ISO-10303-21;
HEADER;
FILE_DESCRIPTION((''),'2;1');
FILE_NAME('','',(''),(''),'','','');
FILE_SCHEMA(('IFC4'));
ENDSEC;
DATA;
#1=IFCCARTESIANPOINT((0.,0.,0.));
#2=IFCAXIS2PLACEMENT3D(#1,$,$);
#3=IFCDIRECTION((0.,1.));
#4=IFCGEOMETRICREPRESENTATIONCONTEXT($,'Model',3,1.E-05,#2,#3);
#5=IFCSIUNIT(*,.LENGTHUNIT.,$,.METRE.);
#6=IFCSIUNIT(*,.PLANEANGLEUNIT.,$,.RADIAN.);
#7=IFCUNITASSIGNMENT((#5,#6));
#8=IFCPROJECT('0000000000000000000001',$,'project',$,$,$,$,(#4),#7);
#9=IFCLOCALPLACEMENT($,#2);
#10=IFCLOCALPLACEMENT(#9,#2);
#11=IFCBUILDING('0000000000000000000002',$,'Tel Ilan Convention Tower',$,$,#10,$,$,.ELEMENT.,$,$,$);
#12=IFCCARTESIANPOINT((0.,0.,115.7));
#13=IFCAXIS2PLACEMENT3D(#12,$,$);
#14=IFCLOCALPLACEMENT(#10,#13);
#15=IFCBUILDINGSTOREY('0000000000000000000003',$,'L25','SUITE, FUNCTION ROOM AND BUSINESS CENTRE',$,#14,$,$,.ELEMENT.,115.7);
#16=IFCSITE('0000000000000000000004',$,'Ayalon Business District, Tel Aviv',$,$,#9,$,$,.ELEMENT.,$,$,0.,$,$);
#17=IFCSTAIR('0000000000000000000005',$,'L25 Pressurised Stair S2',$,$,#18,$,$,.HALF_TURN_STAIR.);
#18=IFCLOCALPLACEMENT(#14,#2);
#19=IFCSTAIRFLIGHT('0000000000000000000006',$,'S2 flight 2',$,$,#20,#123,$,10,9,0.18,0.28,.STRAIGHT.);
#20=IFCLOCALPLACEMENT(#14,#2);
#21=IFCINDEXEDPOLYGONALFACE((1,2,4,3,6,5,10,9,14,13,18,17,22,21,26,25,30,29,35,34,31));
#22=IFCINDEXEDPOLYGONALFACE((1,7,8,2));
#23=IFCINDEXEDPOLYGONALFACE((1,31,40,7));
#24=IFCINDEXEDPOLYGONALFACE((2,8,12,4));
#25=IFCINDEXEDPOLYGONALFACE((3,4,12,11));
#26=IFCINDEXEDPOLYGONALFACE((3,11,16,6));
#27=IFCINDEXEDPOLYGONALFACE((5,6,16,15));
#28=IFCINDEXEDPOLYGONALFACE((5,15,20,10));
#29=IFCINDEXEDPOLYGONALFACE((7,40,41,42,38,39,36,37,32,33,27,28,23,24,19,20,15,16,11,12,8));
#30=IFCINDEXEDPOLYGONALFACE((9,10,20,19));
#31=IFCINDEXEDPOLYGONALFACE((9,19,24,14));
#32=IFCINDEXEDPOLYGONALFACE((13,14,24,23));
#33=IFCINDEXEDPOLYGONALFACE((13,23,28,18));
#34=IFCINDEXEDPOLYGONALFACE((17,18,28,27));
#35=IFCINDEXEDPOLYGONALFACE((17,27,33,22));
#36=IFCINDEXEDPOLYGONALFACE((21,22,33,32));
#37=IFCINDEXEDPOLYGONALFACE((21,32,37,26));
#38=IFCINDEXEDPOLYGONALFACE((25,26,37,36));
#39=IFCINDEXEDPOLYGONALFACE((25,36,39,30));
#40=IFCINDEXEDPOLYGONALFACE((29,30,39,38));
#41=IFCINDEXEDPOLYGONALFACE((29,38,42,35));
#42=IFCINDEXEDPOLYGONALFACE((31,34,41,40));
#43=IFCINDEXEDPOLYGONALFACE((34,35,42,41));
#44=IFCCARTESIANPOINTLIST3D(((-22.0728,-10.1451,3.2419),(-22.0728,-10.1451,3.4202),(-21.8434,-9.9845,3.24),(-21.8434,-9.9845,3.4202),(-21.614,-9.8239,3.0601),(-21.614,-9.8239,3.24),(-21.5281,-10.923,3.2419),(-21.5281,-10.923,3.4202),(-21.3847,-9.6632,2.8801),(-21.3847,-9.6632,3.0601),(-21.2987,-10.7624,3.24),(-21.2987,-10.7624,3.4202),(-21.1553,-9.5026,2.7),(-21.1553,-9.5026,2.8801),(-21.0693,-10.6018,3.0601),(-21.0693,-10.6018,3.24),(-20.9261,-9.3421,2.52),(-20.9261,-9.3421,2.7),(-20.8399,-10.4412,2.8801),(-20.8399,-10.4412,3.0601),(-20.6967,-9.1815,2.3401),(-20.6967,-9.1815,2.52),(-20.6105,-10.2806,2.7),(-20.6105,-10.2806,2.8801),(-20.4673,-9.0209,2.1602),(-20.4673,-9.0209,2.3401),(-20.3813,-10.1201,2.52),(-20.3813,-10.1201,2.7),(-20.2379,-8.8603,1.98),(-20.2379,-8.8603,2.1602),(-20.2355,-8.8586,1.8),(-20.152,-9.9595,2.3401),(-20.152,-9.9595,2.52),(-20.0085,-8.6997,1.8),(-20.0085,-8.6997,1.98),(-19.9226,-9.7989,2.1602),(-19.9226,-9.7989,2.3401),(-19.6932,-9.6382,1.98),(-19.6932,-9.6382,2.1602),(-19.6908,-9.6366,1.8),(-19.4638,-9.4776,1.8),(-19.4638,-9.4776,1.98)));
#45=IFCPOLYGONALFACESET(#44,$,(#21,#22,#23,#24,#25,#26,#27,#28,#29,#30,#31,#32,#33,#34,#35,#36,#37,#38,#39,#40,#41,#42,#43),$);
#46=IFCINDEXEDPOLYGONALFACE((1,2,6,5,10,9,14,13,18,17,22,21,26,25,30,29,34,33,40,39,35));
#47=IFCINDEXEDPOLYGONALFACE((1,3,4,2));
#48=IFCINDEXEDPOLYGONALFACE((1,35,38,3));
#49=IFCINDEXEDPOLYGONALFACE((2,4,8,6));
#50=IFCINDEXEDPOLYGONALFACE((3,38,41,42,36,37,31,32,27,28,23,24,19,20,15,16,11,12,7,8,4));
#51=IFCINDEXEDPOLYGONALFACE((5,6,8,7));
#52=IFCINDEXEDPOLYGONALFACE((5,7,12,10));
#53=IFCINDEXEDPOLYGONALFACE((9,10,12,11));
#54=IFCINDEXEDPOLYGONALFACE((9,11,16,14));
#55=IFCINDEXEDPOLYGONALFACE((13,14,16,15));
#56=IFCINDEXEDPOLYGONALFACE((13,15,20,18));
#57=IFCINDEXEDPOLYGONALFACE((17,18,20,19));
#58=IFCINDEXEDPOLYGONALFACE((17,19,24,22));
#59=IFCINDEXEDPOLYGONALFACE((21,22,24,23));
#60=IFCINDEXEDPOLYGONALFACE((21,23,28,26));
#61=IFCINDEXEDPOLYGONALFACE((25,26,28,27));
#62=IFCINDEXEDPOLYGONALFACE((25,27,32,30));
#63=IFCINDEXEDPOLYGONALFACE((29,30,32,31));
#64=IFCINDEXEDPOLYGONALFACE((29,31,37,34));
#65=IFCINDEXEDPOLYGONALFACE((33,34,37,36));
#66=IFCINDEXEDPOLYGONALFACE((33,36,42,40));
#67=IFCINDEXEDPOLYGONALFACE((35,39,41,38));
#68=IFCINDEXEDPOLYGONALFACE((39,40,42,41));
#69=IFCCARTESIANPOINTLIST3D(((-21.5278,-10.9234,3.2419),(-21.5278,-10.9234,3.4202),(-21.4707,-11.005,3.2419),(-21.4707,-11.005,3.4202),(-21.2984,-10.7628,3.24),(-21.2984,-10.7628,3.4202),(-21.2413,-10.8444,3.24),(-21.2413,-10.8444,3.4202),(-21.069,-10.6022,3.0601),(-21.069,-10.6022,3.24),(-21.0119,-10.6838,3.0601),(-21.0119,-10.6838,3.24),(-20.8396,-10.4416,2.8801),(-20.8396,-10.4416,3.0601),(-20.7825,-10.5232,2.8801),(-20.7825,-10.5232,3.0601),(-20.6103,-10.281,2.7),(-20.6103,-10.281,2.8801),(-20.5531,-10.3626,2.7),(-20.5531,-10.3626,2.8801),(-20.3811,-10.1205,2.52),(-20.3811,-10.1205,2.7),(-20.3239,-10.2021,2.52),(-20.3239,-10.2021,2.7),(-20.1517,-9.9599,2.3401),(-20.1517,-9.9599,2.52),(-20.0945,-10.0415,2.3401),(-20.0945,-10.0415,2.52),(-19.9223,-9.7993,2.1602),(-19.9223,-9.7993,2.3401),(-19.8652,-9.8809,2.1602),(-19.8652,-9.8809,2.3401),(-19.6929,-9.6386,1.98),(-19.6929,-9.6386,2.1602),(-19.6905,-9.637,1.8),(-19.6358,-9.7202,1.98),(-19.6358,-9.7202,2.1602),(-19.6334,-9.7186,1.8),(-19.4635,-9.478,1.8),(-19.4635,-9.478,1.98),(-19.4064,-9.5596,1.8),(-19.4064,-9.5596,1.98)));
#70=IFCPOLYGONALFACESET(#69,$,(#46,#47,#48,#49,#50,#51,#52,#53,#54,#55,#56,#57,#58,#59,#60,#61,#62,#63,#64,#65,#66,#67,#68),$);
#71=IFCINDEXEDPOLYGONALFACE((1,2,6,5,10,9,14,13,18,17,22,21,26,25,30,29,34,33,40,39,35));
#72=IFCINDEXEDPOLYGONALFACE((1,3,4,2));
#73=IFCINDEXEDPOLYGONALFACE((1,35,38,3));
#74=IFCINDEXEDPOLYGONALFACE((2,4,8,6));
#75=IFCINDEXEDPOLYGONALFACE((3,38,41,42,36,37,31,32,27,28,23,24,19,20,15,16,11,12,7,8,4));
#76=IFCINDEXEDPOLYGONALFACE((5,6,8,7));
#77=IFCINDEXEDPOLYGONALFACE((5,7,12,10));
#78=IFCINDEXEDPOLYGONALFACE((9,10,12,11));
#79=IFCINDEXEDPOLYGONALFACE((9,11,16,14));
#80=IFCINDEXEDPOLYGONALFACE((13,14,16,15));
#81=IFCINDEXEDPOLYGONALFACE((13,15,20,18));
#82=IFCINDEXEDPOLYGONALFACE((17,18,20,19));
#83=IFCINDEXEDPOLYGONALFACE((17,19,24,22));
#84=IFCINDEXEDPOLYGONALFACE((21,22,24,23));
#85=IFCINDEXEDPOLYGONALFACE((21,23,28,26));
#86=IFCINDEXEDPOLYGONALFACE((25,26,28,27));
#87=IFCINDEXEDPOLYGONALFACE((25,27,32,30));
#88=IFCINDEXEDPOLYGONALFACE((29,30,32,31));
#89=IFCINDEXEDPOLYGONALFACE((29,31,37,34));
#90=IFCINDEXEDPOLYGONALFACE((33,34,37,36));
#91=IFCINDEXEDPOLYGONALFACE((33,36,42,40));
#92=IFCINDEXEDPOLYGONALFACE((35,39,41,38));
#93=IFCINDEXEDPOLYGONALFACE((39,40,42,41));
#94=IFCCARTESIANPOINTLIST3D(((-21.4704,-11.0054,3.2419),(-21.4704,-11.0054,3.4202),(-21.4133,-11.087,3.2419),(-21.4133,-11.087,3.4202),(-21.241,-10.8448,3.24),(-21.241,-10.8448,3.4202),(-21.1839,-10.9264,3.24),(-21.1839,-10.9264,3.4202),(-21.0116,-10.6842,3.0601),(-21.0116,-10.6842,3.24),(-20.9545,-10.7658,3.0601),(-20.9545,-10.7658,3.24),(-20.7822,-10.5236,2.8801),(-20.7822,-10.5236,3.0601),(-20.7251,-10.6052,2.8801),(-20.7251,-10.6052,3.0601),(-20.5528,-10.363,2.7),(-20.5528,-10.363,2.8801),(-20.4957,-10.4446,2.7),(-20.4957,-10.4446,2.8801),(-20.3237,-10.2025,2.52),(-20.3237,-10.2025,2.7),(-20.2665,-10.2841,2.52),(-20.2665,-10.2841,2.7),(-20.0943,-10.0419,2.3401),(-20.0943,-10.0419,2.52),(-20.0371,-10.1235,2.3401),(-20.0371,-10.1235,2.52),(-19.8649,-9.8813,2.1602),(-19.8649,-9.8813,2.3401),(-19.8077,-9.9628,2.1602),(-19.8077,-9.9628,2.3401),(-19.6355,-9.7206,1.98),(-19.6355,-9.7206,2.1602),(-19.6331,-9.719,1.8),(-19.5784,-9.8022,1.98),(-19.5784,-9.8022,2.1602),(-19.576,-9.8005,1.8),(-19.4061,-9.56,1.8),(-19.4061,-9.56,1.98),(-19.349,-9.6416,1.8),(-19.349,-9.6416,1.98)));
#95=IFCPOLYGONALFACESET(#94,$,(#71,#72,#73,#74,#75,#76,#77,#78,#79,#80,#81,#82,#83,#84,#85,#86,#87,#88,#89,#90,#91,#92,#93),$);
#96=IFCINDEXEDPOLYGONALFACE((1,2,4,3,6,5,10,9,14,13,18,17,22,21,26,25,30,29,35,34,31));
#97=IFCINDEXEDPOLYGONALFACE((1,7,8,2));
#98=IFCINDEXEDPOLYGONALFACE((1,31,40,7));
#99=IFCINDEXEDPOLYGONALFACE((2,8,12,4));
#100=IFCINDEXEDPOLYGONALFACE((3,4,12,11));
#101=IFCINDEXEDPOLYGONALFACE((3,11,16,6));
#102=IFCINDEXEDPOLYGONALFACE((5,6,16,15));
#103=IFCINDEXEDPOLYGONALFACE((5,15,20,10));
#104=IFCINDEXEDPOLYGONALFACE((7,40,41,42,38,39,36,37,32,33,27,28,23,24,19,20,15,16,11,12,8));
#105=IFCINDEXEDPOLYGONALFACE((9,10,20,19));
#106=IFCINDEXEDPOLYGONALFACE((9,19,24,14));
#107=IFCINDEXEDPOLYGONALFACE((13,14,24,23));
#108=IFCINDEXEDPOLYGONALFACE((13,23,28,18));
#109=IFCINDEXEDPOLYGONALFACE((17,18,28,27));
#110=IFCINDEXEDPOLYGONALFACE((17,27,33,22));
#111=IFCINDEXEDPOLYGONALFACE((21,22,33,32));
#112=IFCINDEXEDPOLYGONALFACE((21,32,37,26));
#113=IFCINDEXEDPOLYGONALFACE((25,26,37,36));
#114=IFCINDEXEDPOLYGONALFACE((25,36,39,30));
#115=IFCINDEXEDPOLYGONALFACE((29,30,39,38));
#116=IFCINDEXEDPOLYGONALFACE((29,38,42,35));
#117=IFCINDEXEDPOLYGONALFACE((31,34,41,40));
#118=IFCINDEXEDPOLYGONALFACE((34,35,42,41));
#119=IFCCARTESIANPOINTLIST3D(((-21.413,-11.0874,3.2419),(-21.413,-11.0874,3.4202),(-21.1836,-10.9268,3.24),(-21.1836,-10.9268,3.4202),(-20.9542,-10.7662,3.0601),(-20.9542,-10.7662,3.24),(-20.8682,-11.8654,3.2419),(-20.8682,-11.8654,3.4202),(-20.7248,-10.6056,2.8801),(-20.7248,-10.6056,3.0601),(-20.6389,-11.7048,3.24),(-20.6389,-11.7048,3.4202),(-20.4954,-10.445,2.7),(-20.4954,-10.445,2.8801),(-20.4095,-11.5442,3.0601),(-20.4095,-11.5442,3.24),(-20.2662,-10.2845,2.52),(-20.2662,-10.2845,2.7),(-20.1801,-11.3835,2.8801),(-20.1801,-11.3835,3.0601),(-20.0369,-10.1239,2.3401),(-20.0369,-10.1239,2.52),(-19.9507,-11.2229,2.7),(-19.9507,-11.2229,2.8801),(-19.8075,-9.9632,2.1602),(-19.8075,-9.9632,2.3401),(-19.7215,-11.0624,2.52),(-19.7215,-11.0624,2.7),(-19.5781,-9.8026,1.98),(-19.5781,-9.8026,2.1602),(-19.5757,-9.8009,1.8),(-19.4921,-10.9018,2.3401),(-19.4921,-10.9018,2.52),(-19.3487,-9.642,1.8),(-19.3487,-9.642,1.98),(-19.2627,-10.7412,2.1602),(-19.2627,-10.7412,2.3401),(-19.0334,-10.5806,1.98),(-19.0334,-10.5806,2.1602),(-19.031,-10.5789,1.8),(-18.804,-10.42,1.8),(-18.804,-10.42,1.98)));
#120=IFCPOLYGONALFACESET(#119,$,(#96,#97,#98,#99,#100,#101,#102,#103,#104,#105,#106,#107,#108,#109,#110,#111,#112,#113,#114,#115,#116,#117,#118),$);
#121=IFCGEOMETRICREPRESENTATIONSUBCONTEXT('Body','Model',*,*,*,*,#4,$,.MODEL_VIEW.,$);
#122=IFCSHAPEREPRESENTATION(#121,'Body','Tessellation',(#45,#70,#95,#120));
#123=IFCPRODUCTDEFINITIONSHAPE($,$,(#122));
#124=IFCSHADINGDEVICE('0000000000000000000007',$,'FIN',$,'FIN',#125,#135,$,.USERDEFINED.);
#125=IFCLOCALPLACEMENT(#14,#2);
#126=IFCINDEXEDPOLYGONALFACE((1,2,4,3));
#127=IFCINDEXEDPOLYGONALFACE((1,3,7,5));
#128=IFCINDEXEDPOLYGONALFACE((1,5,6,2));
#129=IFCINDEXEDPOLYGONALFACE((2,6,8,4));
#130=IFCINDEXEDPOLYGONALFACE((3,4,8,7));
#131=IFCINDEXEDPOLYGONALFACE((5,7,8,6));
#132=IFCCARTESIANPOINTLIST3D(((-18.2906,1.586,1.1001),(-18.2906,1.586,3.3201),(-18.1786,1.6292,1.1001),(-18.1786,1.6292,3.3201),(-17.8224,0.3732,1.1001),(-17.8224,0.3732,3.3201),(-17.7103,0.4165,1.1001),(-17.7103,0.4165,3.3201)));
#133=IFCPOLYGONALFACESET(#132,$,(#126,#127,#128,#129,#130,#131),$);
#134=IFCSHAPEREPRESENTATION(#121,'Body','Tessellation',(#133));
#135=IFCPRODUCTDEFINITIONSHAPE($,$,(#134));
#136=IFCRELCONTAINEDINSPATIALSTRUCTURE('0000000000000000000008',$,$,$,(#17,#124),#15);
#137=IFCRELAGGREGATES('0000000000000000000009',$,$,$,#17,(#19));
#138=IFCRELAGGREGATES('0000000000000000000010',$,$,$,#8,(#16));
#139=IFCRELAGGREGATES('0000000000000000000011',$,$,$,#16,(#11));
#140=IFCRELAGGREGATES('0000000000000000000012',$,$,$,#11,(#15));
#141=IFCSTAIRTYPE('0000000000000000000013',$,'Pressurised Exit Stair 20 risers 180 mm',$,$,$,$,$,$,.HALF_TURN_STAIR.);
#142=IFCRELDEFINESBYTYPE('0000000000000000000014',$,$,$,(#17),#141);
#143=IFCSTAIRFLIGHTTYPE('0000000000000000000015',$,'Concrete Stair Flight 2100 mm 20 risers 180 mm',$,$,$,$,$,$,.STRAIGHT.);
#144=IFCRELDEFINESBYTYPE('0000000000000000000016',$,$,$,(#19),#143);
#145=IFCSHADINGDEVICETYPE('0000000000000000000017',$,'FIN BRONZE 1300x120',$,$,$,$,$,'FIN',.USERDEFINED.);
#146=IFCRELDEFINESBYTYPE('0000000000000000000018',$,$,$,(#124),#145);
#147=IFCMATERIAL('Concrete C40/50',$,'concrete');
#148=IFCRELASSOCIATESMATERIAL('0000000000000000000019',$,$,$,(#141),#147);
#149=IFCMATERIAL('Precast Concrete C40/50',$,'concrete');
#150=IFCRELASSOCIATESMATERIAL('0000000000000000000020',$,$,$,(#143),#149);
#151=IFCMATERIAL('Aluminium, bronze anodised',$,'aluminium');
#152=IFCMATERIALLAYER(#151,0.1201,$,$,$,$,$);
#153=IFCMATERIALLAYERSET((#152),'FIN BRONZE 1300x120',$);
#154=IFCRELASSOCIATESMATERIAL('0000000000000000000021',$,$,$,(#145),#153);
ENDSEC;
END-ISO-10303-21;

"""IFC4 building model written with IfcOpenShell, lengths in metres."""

from ifc_helpers import new_model, si_unit, direction, frame, origin, origin_2d, place, context, subcontext, project, spatial, polyline, rectangle, outline, extrude, material, layer, layer_set, type_object, element, aggregate, save


model = new_model("IFC4")

# Units and contexts
model_context = context("Model", 3, precision=1e-05, world=origin(), true_north=direction((0.0, 1.0)))
body_context = subcontext(model_context, "Body", "Model", "MODEL_VIEW")
ifc_project = project(units=[si_unit("LENGTHUNIT", "METRE"), si_unit("PLANEANGLEUNIT", "RADIAN")], contexts=[model_context])

# Site, building, storey
site_placement = place(None, origin())
site = spatial("IfcSite", under=ifc_project, at=site_placement, Name="Ayalon Business District, Tel Aviv", CompositionType="ELEMENT", RefElevation=0.0)
building_placement = place(site_placement, origin())
building = spatial("IfcBuilding", under=site, at=building_placement, Name="Tel Ilan Convention Tower", CompositionType="ELEMENT")
storey_placement = place(building_placement, frame((0.0, 0.0, 115.7)))
storey = spatial("IfcBuildingStorey", under=building, at=storey_placement, Name="L25", Description="SUITE, FUNCTION ROOM AND BUSINESS CENTRE", CompositionType="ELEMENT", Elevation=115.7)

# Shared definitions
ifc_material_1 = material(Name="Concrete C40/50", Category="concrete")
stair_type = type_object("IfcStairType", Name="Pressurised Exit Stair 20 risers 180 mm", PredefinedType="HALF_TURN_STAIR", material=ifc_material_1)
ifc_material_2 = material(Name="Precast Concrete C40/50", Category="concrete")
stair_flight_type = type_object("IfcStairFlightType", Name="Concrete Stair Flight 2100 mm 20 risers 180 mm", PredefinedType="STRAIGHT", material=ifc_material_2)

# Stair, stair flight
stair_1_placement = place(storey_placement, origin())
stair_1 = element("IfcStair", 1, at=stair_1_placement, inside=storey, type_object=stair_type, Name="L25 Pressurised Stair S2", PredefinedType="HALF_TURN_STAIR")
stair_flight_1_placement = place(storey_placement, frame((-19.4062, -9.5598, 1.8), z_axis=(0.0, 0.0, 1.0), x_axis=(-0.819152, -0.573576, 0.0)))
stair_flight_1 = element("IfcStairFlight", 2, at=stair_flight_1_placement, type_object=stair_flight_type, Name="S2 flight 2", NumberOfRisers=10, NumberOfTreads=9, PredefinedType="STRAIGHT", RiserHeight=0.18, TreadLength=0.28, context=body_context, shape_type="SweptSolid", body=[
    extrude(outline(polyline([(0.0, 0.0), (0.0, 0.1799), (0.28, 0.1799), (0.28, 0.3601), (0.5601, 0.3601), (0.5601, 0.54), (0.8401, 0.54), (0.8401, 0.72), (1.1201, 0.72), (1.1201, 0.8999), (1.3999, 0.8999), (1.3999, 1.0801), (1.6799, 1.0801), (1.6799, 1.26), (1.96, 1.26), (1.96, 1.4399), (2.24, 1.4399), (2.24, 1.6201), (2.52, 1.6201), (2.52, 1.8), (2.52, 1.4419), (0.2771, 0.0), (0.0, 0.0)])), frame((0.0, -0.1003, 0.0), z_axis=(0.0, -1.0, 0.0), x_axis=(1.0, 0.0, 0.0)), (0.0, 0.0, 1.0), 0.9497),
    extrude(outline(polyline([(0.0, 0.0), (0.0, 0.1799), (0.28, 0.1799), (0.28, 0.3601), (0.5601, 0.3601), (0.5601, 0.54), (0.8401, 0.54), (0.8401, 0.72), (1.1201, 0.72), (1.1201, 0.8999), (1.3999, 0.8999), (1.3999, 1.0801), (1.6799, 1.0801), (1.6799, 1.26), (1.96, 1.26), (1.96, 1.4399), (2.24, 1.4399), (2.24, 1.6201), (2.52, 1.6201), (2.52, 1.8), (2.52, 1.4419), (0.2771, 0.0), (0.0, 0.0)])), frame((0.0, -0.0002, 0.0), z_axis=(0.0, -1.0, 0.0), x_axis=(1.0, 0.0, 0.0)), (0.0, 0.0, 1.0), 0.0996),
    extrude(outline(polyline([(0.0, 0.0), (0.0, 0.1799), (0.28, 0.1799), (0.28, 0.3601), (0.5601, 0.3601), (0.5601, 0.54), (0.8401, 0.54), (0.8401, 0.72), (1.1201, 0.72), (1.1201, 0.8999), (1.3999, 0.8999), (1.3999, 1.0801), (1.6799, 1.0801), (1.6799, 1.26), (1.96, 1.26), (1.96, 1.4399), (2.24, 1.4399), (2.24, 1.6201), (2.52, 1.6201), (2.52, 1.8), (2.52, 1.4419), (0.2771, 0.0), (0.0, 0.0)])), frame((0.0, 0.0999, 0.0), z_axis=(0.0, -1.0, 0.0), x_axis=(1.0, 0.0, 0.0)), (0.0, 0.0, 1.0), 0.0996),
    extrude(outline(polyline([(0.0, 0.0), (0.0, 0.1799), (0.28, 0.1799), (0.28, 0.3601), (0.5601, 0.3601), (0.5601, 0.54), (0.8401, 0.54), (0.8401, 0.72), (1.1201, 0.72), (1.1201, 0.8999), (1.3999, 0.8999), (1.3999, 1.0801), (1.6799, 1.0801), (1.6799, 1.26), (1.96, 1.26), (1.96, 1.4399), (2.24, 1.4399), (2.24, 1.6201), (2.52, 1.6201), (2.52, 1.8), (2.52, 1.4419), (0.2771, 0.0), (0.0, 0.0)])), frame((0.0, 1.05, 0.0), z_axis=(0.0, -1.0, 0.0), x_axis=(1.0, 0.0, 0.0)), (0.0, 0.0, 1.0), 0.9497),
])
aggregate(stair_1, [stair_flight_1])

# Shading device
ifc_material_3 = material(Name="Aluminium, bronze anodised", Category="aluminium")
ifc_layer_1 = layer(ifc_material_3, 0.1201)
ifc_layer_set_1 = layer_set([ifc_layer_1], Name="FIN BRONZE 1300x120")
shading_device_type = type_object("IfcShadingDeviceType", Name="FIN BRONZE 1300x120", ElementType="FIN", PredefinedType="USERDEFINED", material=ifc_layer_set_1)
shading_device_placement = place(storey_placement, frame((-18.0005, 1.0012, 1.1001), z_axis=(0.0, 0.0, 1.0), x_axis=(-0.360178, 0.932884, 0.0)))
element("IfcShadingDevice", 3, at=shading_device_placement, inside=storey, type_object=shading_device_type, Name="FIN", ObjectType="FIN", PredefinedType="USERDEFINED", context=body_context, shape_type="SweptSolid", body=[
    extrude(rectangle(XDim=1.3, YDim=0.1201, at=origin_2d()), origin(), (0.0, 0.0, 1.0), 2.22),
])

save(model, "model.ifc")
